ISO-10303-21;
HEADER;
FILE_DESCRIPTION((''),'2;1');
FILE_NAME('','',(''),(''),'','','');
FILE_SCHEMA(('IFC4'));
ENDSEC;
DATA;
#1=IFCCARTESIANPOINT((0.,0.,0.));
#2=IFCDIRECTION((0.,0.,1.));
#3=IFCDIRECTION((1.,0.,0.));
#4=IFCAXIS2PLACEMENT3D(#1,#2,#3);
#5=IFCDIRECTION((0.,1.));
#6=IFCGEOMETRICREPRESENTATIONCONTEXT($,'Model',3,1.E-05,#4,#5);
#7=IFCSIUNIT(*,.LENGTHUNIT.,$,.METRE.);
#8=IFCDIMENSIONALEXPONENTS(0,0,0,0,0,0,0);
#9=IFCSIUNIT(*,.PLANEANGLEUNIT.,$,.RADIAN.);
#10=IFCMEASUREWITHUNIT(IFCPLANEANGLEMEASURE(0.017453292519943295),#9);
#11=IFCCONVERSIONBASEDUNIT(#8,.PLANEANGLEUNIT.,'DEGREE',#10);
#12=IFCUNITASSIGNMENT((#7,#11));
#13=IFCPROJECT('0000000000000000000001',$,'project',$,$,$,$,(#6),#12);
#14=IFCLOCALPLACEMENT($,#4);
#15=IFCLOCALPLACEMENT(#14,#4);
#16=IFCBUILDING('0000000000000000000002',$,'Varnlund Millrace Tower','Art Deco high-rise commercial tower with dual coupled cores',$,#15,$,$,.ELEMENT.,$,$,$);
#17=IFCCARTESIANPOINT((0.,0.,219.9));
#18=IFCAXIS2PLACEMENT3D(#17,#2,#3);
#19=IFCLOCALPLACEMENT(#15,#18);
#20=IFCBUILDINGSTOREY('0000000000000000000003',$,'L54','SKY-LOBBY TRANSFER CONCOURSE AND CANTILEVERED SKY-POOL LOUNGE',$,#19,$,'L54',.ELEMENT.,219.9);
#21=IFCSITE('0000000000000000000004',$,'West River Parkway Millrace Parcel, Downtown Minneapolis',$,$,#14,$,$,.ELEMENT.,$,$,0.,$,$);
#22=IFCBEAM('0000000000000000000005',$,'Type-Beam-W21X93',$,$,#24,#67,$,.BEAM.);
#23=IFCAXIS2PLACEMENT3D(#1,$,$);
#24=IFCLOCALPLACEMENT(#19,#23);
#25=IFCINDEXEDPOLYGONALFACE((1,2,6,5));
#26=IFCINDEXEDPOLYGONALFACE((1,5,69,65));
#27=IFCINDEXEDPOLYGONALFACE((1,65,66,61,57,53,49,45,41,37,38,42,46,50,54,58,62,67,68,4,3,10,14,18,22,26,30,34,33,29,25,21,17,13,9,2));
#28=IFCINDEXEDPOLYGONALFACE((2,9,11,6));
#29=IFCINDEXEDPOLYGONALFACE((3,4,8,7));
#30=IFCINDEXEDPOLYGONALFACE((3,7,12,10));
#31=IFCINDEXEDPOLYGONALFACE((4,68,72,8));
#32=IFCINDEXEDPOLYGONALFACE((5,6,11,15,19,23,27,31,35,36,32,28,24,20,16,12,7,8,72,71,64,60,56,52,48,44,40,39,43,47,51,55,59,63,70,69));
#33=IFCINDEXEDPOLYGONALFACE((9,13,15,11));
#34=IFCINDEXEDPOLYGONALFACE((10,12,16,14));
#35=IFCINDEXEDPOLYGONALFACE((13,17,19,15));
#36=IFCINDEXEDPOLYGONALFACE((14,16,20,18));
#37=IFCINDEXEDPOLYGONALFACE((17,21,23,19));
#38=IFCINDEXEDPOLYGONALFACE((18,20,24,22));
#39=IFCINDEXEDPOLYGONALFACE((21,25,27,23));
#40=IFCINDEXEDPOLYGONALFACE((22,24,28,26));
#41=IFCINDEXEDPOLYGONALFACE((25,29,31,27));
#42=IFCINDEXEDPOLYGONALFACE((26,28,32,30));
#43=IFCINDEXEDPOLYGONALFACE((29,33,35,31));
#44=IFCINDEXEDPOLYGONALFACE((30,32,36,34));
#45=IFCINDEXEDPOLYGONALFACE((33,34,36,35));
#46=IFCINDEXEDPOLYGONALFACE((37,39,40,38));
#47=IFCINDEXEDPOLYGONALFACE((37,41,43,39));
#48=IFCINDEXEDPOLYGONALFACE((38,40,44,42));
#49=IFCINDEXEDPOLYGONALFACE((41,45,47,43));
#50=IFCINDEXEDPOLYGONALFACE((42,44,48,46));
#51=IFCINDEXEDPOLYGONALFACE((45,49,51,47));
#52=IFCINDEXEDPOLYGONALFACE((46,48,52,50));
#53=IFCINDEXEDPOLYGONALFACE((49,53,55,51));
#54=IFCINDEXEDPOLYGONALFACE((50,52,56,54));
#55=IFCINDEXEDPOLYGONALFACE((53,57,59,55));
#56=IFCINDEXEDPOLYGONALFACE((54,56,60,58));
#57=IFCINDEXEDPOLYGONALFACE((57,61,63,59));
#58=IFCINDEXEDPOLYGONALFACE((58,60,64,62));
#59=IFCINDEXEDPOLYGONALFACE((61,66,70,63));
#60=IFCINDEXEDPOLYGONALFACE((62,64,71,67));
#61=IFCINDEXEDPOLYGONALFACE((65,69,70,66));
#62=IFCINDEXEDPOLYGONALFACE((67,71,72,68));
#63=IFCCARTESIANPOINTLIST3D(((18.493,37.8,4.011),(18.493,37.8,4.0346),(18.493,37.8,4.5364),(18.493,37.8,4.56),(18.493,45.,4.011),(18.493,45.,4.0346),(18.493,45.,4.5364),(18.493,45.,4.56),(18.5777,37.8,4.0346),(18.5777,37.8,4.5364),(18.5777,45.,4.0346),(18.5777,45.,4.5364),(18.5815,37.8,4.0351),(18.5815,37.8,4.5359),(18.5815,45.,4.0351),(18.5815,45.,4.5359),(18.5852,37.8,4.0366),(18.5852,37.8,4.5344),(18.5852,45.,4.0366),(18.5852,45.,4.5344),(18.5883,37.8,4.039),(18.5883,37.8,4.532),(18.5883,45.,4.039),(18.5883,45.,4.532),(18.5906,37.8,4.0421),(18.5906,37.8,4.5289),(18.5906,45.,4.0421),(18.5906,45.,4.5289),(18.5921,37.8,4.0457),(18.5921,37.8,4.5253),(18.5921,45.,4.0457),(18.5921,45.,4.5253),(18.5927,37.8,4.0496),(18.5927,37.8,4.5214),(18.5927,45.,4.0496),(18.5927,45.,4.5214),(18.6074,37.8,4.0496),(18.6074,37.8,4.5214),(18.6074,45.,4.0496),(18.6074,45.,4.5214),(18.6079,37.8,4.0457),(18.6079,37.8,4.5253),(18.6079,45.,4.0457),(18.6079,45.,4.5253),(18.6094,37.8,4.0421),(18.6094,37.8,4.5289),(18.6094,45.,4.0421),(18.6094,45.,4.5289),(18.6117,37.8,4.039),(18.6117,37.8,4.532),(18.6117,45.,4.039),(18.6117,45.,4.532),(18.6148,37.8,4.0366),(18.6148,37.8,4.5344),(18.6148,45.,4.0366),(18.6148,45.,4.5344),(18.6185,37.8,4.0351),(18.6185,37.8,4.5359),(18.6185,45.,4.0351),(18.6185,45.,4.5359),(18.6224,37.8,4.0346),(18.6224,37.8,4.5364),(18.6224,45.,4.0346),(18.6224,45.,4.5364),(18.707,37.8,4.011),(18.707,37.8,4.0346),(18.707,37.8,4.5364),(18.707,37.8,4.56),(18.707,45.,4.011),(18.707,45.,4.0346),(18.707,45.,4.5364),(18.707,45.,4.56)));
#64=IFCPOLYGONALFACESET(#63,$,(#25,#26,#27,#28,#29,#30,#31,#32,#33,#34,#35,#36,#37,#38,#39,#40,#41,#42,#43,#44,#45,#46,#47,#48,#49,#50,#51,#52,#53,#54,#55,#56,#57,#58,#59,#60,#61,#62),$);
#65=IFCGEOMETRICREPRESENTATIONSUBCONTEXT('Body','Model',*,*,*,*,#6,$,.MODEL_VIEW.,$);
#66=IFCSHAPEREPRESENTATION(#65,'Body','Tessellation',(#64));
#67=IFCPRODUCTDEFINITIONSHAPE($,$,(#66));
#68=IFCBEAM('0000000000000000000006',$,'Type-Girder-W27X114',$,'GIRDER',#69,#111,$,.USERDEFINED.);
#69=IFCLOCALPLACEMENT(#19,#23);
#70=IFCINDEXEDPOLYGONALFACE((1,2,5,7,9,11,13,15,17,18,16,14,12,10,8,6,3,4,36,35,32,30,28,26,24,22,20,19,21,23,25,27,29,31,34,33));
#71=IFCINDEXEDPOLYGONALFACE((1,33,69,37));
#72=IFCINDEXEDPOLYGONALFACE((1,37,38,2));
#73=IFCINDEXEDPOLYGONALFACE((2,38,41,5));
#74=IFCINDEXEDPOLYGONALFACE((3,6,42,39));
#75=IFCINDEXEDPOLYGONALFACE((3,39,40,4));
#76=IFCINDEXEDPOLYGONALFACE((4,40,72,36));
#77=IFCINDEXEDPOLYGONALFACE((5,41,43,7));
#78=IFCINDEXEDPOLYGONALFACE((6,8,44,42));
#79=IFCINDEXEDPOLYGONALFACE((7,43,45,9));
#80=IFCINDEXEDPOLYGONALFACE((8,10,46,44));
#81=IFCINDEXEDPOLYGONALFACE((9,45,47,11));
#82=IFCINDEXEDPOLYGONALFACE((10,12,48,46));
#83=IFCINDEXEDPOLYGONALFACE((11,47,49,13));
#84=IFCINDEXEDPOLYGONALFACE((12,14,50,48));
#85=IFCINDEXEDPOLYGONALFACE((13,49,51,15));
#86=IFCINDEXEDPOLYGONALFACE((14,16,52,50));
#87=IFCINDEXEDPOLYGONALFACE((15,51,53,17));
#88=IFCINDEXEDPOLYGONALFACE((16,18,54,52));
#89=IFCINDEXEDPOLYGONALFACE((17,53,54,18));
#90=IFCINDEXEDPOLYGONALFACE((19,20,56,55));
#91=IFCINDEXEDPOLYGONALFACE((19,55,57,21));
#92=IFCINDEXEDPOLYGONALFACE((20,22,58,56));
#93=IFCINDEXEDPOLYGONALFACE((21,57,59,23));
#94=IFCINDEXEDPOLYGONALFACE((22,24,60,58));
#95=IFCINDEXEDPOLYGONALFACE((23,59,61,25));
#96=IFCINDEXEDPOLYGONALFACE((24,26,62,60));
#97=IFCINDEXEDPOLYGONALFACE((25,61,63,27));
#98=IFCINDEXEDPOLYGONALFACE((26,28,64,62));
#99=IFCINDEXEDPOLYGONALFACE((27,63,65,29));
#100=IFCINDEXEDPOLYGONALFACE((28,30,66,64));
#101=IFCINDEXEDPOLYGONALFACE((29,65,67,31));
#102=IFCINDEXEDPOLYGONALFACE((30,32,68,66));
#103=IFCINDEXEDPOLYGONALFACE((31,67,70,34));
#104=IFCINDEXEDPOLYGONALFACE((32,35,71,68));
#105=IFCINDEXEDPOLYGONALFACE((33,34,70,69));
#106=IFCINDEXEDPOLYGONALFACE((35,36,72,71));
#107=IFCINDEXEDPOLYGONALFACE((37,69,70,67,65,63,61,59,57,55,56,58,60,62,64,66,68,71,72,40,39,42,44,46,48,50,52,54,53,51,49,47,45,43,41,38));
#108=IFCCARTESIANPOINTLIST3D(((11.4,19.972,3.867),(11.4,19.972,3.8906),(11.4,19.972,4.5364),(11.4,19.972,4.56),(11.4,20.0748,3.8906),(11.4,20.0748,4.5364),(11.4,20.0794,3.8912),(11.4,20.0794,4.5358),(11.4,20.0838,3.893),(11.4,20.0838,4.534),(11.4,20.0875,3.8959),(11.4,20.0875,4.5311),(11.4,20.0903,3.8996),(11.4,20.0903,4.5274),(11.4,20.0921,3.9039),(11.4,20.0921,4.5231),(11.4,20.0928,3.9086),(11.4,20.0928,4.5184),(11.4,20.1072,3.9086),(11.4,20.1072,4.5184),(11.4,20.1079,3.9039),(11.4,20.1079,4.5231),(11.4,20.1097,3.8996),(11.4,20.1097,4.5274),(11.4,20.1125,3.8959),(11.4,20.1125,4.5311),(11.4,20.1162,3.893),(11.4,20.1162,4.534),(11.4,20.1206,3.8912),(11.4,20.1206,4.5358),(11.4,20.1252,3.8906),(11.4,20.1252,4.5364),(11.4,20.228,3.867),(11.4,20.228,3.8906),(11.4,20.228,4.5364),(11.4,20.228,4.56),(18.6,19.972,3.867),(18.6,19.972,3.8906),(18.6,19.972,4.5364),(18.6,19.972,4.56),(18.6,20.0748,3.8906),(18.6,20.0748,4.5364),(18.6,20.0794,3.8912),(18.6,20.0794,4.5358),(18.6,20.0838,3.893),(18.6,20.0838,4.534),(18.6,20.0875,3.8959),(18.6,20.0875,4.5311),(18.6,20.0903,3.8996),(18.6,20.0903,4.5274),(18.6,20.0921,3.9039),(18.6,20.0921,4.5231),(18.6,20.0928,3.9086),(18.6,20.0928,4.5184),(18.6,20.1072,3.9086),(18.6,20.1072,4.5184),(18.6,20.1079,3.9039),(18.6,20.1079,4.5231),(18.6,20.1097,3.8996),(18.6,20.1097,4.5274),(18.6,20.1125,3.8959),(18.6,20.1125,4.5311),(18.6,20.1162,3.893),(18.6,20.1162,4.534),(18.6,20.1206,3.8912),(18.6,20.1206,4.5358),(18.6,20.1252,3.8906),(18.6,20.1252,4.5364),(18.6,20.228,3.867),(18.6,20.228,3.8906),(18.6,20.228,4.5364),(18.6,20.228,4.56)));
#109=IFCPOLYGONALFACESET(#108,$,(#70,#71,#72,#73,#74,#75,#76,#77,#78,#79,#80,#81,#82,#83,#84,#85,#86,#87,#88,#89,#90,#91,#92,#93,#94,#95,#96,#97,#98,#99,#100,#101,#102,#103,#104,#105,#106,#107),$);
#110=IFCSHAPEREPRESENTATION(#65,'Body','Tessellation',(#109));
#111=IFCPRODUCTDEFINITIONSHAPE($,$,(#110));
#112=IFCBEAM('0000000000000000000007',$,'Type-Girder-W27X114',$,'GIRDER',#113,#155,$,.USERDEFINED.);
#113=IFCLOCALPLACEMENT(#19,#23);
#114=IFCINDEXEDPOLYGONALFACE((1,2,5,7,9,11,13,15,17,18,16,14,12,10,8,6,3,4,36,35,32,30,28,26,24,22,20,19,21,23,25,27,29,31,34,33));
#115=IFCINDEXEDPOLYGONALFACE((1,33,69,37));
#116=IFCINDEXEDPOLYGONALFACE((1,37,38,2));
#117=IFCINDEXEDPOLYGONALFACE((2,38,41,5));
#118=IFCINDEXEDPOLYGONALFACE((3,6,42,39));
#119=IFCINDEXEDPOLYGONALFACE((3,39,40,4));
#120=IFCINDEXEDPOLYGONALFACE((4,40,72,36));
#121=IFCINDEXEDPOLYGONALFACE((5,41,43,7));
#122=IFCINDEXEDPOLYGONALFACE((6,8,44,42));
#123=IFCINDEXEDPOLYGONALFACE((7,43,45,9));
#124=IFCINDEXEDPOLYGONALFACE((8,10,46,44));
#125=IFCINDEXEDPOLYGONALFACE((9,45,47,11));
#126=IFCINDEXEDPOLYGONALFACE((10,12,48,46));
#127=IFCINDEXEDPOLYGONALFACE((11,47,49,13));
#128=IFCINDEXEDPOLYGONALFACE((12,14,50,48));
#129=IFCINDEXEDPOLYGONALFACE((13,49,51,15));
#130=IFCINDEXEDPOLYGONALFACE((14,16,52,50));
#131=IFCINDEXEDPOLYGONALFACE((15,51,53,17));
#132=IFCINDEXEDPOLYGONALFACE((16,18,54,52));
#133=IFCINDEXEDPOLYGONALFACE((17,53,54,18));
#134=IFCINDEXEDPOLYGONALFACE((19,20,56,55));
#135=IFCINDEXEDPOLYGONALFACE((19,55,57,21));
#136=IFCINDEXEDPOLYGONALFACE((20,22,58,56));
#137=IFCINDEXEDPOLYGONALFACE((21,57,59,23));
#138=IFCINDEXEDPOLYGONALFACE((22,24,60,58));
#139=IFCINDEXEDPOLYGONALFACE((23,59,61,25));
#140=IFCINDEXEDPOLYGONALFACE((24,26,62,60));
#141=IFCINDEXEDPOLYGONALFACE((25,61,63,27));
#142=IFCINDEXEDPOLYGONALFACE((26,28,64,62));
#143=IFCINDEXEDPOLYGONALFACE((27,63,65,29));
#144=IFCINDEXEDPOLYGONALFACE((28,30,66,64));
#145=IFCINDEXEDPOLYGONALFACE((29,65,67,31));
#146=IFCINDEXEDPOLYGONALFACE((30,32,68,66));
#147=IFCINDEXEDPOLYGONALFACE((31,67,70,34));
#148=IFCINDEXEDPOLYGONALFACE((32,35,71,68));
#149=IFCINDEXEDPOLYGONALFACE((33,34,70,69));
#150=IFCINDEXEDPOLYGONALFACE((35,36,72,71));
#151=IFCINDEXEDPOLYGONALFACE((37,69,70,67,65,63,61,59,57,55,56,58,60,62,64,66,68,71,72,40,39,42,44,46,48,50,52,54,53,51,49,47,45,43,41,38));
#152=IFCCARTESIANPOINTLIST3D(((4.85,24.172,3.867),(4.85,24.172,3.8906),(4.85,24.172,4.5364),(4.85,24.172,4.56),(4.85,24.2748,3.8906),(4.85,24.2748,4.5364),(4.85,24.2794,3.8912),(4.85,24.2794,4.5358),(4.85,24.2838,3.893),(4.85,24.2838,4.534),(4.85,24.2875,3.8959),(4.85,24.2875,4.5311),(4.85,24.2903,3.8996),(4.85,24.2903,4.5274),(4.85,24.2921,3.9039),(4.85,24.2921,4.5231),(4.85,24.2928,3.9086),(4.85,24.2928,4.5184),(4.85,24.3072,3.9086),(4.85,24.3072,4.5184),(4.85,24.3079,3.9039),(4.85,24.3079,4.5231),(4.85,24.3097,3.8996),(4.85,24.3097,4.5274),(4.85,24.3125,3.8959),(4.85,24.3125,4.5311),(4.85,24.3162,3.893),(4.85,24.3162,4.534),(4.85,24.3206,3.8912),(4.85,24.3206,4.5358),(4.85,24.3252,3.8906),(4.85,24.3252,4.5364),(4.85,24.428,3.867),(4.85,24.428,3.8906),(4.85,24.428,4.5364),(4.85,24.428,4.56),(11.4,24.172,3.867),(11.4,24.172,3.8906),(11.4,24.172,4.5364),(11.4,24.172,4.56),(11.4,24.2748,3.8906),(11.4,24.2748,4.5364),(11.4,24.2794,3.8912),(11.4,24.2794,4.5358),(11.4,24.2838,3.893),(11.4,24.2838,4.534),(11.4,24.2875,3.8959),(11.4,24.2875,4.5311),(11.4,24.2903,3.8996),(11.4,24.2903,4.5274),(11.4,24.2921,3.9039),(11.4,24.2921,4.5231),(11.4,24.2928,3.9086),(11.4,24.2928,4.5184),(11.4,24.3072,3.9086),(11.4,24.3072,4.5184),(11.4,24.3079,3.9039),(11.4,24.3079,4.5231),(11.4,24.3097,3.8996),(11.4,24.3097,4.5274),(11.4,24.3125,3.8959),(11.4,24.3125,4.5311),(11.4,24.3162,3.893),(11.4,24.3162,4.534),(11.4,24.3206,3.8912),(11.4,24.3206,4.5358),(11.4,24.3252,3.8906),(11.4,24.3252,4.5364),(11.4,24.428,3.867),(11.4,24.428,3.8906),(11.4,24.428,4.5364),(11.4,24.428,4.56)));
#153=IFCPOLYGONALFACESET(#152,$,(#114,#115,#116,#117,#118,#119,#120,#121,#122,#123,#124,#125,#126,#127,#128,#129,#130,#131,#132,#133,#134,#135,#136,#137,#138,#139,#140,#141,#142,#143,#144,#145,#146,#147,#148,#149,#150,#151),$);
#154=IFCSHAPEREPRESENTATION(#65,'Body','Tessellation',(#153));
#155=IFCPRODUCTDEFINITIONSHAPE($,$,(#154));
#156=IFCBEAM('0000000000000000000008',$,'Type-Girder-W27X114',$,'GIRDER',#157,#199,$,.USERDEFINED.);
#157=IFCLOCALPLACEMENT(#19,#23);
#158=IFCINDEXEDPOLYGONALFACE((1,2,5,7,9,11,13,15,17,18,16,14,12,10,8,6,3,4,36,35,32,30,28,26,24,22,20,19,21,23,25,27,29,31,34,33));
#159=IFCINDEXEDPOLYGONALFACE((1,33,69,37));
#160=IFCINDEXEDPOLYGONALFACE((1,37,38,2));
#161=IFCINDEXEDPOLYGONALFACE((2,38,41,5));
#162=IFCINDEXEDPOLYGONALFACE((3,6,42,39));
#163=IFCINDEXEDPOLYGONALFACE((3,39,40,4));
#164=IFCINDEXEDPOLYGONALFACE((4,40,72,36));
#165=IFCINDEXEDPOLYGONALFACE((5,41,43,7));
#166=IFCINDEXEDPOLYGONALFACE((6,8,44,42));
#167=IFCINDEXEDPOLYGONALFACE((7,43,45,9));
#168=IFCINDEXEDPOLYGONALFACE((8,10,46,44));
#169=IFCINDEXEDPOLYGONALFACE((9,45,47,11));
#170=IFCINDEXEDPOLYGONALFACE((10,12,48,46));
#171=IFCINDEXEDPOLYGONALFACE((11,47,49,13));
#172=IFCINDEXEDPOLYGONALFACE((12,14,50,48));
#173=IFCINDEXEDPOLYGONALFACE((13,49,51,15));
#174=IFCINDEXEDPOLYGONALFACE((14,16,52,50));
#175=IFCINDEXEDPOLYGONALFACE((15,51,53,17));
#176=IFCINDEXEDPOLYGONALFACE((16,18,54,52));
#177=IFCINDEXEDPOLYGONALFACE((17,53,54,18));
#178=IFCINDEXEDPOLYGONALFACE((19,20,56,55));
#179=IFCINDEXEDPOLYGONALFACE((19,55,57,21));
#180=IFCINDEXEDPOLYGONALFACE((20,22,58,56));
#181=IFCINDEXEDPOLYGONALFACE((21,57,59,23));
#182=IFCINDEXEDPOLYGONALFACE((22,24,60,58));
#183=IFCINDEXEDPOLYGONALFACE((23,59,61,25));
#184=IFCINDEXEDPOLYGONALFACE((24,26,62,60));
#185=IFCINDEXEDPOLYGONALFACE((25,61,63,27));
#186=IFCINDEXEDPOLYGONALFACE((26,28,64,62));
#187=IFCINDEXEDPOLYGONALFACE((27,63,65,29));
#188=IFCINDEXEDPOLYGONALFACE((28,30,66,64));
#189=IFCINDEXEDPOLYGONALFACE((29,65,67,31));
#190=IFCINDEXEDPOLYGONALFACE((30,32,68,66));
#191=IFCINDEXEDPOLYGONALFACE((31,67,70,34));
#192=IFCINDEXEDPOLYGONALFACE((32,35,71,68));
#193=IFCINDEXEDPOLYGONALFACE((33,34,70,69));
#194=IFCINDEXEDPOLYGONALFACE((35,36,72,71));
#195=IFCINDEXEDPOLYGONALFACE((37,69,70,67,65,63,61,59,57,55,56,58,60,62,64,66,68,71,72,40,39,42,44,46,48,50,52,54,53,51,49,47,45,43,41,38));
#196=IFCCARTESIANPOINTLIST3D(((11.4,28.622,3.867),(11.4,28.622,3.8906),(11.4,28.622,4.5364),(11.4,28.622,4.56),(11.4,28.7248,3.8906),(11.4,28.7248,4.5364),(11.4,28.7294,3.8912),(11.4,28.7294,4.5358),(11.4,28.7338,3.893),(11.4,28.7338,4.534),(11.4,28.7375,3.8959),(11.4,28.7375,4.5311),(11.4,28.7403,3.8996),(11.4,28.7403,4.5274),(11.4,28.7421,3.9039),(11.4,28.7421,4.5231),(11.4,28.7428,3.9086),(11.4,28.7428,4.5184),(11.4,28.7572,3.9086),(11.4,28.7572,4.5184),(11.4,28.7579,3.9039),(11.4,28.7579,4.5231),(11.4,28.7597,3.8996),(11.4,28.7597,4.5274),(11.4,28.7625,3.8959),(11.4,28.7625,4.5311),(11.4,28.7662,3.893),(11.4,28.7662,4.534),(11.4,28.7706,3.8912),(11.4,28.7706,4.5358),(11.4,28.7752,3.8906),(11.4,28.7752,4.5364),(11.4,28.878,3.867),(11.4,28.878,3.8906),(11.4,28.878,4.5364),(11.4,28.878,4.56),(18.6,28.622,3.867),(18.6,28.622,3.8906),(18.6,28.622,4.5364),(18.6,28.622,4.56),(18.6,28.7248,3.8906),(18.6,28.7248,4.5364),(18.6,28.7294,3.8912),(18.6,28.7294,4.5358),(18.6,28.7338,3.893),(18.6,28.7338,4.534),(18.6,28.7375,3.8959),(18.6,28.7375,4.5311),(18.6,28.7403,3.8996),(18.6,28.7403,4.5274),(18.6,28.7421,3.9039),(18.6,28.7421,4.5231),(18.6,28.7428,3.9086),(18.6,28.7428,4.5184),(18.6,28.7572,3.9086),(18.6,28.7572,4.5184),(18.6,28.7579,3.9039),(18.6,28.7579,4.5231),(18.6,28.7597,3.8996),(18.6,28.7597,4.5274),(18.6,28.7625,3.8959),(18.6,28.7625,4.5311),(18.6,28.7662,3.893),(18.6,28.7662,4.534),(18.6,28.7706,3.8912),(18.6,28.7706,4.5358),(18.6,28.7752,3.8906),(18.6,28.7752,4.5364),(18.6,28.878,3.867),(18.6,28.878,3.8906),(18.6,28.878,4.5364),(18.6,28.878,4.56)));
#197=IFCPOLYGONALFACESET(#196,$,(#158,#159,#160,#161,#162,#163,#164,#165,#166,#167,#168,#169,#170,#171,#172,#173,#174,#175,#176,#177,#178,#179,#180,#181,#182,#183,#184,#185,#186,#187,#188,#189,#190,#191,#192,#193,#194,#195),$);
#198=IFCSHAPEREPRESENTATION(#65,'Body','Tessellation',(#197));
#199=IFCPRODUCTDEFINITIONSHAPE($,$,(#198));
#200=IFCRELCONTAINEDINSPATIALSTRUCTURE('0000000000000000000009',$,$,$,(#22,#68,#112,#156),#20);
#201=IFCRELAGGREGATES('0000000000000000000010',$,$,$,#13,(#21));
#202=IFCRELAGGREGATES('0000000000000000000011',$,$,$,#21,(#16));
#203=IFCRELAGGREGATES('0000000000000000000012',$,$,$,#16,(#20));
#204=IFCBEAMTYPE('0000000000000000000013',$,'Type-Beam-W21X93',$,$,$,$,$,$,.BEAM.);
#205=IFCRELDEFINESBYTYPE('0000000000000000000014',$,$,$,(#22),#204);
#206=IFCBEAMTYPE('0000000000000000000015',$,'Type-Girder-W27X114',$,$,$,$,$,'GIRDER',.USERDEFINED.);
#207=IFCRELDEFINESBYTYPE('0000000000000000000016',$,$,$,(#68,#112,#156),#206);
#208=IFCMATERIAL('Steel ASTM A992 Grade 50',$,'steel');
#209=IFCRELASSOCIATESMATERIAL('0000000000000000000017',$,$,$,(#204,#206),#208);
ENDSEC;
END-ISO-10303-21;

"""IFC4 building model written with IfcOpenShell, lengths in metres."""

from ifc_helpers import new_model, entity, si_unit, converted_unit, direction, frame, origin_with_axes, origin_2d_with_axis, place, context, subcontext, project, spatial, i_section, extrude, material, material_profile, profile_set, type_object, element, save


model = new_model("IFC4")

# Units and contexts
model_context = context("Model", 3, precision=1e-05, world=origin_with_axes(), true_north=direction((0.0, 1.0)))
body_context = subcontext(model_context, "Body", "Model", "MODEL_VIEW")
ifc_project = project(units=[si_unit("LENGTHUNIT", "METRE"), converted_unit("PLANEANGLEUNIT", "DEGREE", entity("IfcPlaneAngleMeasure", 0.017453292519943295), si_unit("PLANEANGLEUNIT", "RADIAN"), dimensions=[0, 0, 0, 0, 0, 0, 0])], contexts=[model_context])

# Site, building, storey
site_placement = place(None, origin_with_axes())
site = spatial("IfcSite", under=ifc_project, at=site_placement, Name="West River Parkway Millrace Parcel, Downtown Minneapolis", CompositionType="ELEMENT", RefElevation=0.0)
building_placement = place(site_placement, origin_with_axes())
building = spatial("IfcBuilding", under=site, at=building_placement, Name="Varnlund Millrace Tower", Description="Art Deco high-rise commercial tower with dual coupled cores", CompositionType="ELEMENT")
storey_placement = place(building_placement, frame((0.0, 0.0, 219.9), z_axis=(0.0, 0.0, 1.0), x_axis=(1.0, 0.0, 0.0)))
storey = spatial("IfcBuildingStorey", under=building, at=storey_placement, Name="L54", Description="SKY-LOBBY TRANSFER CONCOURSE AND CANTILEVERED SKY-POOL LOUNGE", LongName="L54", CompositionType="ELEMENT", Elevation=219.9)

# Beams
ifc_material_1 = material(Name="Steel ASTM A992 Grade 50", Category="steel")
ifc_material_profile_1 = material_profile(ifc_material_1, i_section(OverallWidth=0.214, OverallDepth=0.549, WebThickness=0.0147, FlangeThickness=0.0236, FilletRadius=0.015, at=origin_2d_with_axis()), Name="Steel ASTM A992 Grade 50")
ifc_profile_set_1 = profile_set([ifc_material_profile_1], Name="Steel ASTM A992 Grade 50")
beam_type_1 = type_object("IfcBeamType", Name="Type-Beam-W21X93", PredefinedType="BEAM", material=ifc_profile_set_1)
beam_1_placement = place(storey_placement, frame((18.6, 37.8, 4.2855), z_axis=(0.0, 1.0, 0.0), x_axis=(-1.0, 0.0, 0.0)))
element("IfcBeam", 1, at=beam_1_placement, inside=storey, type_object=beam_type_1, Name="Type-Beam-W21X93", PredefinedType="BEAM", context=body_context, shape_type="SweptSolid", body=[
    extrude(i_section(OverallWidth=0.214, OverallDepth=0.549, WebThickness=0.0147, FlangeThickness=0.0236, FilletRadius=0.015, at=origin_2d_with_axis()), origin_with_axes(), (0.0, 0.0, 1.0), 7.2),
])
ifc_material_profile_2 = material_profile(ifc_material_1, i_section(OverallWidth=0.256, OverallDepth=0.693, WebThickness=0.0145, FlangeThickness=0.0236, FilletRadius=0.018, at=origin_2d_with_axis()), Name="Steel ASTM A992 Grade 50")
ifc_profile_set_2 = profile_set([ifc_material_profile_2], Name="Steel ASTM A992 Grade 50")
beam_type_2 = type_object("IfcBeamType", Name="Type-Girder-W27X114", ElementType="GIRDER", PredefinedType="USERDEFINED", material=ifc_profile_set_2)
beam_2_placement = place(storey_placement, frame((11.4, 20.1, 4.2135), z_axis=(1.0, 0.0, 0.0), x_axis=(0.0, 1.0, 0.0)))
element("IfcBeam", 2, at=beam_2_placement, inside=storey, type_object=beam_type_2, Name="Type-Girder-W27X114", ObjectType="GIRDER", PredefinedType="USERDEFINED", context=body_context, shape_type="SweptSolid", body=[
    extrude(i_section(OverallWidth=0.256, OverallDepth=0.693, WebThickness=0.0145, FlangeThickness=0.0236, FilletRadius=0.018, at=origin_2d_with_axis()), origin_with_axes(), (0.0, 0.0, 1.0), 7.2),
])
beam_3_placement = place(storey_placement, frame((4.85, 24.3, 4.2135), z_axis=(1.0, 0.0, 0.0), x_axis=(0.0, 1.0, 0.0)))
element("IfcBeam", 3, at=beam_3_placement, inside=storey, type_object=beam_type_2, Name="Type-Girder-W27X114", ObjectType="GIRDER", PredefinedType="USERDEFINED", context=body_context, shape_type="SweptSolid", body=[
    extrude(i_section(OverallWidth=0.256, OverallDepth=0.693, WebThickness=0.0145, FlangeThickness=0.0236, FilletRadius=0.018, at=origin_2d_with_axis()), origin_with_axes(), (0.0, 0.0, 1.0), 6.55),
])
beam_4_placement = place(storey_placement, frame((11.4, 28.75, 4.2135), z_axis=(1.0, 0.0, 0.0), x_axis=(0.0, 1.0, 0.0)))
element("IfcBeam", 4, at=beam_4_placement, inside=storey, type_object=beam_type_2, Name="Type-Girder-W27X114", ObjectType="GIRDER", PredefinedType="USERDEFINED", context=body_context, shape_type="SweptSolid", body=[
    extrude(i_section(OverallWidth=0.256, OverallDepth=0.693, WebThickness=0.0145, FlangeThickness=0.0236, FilletRadius=0.018, at=origin_2d_with_axis()), origin_with_axes(), (0.0, 0.0, 1.0), 7.2),
])

save(model, "model.ifc")
